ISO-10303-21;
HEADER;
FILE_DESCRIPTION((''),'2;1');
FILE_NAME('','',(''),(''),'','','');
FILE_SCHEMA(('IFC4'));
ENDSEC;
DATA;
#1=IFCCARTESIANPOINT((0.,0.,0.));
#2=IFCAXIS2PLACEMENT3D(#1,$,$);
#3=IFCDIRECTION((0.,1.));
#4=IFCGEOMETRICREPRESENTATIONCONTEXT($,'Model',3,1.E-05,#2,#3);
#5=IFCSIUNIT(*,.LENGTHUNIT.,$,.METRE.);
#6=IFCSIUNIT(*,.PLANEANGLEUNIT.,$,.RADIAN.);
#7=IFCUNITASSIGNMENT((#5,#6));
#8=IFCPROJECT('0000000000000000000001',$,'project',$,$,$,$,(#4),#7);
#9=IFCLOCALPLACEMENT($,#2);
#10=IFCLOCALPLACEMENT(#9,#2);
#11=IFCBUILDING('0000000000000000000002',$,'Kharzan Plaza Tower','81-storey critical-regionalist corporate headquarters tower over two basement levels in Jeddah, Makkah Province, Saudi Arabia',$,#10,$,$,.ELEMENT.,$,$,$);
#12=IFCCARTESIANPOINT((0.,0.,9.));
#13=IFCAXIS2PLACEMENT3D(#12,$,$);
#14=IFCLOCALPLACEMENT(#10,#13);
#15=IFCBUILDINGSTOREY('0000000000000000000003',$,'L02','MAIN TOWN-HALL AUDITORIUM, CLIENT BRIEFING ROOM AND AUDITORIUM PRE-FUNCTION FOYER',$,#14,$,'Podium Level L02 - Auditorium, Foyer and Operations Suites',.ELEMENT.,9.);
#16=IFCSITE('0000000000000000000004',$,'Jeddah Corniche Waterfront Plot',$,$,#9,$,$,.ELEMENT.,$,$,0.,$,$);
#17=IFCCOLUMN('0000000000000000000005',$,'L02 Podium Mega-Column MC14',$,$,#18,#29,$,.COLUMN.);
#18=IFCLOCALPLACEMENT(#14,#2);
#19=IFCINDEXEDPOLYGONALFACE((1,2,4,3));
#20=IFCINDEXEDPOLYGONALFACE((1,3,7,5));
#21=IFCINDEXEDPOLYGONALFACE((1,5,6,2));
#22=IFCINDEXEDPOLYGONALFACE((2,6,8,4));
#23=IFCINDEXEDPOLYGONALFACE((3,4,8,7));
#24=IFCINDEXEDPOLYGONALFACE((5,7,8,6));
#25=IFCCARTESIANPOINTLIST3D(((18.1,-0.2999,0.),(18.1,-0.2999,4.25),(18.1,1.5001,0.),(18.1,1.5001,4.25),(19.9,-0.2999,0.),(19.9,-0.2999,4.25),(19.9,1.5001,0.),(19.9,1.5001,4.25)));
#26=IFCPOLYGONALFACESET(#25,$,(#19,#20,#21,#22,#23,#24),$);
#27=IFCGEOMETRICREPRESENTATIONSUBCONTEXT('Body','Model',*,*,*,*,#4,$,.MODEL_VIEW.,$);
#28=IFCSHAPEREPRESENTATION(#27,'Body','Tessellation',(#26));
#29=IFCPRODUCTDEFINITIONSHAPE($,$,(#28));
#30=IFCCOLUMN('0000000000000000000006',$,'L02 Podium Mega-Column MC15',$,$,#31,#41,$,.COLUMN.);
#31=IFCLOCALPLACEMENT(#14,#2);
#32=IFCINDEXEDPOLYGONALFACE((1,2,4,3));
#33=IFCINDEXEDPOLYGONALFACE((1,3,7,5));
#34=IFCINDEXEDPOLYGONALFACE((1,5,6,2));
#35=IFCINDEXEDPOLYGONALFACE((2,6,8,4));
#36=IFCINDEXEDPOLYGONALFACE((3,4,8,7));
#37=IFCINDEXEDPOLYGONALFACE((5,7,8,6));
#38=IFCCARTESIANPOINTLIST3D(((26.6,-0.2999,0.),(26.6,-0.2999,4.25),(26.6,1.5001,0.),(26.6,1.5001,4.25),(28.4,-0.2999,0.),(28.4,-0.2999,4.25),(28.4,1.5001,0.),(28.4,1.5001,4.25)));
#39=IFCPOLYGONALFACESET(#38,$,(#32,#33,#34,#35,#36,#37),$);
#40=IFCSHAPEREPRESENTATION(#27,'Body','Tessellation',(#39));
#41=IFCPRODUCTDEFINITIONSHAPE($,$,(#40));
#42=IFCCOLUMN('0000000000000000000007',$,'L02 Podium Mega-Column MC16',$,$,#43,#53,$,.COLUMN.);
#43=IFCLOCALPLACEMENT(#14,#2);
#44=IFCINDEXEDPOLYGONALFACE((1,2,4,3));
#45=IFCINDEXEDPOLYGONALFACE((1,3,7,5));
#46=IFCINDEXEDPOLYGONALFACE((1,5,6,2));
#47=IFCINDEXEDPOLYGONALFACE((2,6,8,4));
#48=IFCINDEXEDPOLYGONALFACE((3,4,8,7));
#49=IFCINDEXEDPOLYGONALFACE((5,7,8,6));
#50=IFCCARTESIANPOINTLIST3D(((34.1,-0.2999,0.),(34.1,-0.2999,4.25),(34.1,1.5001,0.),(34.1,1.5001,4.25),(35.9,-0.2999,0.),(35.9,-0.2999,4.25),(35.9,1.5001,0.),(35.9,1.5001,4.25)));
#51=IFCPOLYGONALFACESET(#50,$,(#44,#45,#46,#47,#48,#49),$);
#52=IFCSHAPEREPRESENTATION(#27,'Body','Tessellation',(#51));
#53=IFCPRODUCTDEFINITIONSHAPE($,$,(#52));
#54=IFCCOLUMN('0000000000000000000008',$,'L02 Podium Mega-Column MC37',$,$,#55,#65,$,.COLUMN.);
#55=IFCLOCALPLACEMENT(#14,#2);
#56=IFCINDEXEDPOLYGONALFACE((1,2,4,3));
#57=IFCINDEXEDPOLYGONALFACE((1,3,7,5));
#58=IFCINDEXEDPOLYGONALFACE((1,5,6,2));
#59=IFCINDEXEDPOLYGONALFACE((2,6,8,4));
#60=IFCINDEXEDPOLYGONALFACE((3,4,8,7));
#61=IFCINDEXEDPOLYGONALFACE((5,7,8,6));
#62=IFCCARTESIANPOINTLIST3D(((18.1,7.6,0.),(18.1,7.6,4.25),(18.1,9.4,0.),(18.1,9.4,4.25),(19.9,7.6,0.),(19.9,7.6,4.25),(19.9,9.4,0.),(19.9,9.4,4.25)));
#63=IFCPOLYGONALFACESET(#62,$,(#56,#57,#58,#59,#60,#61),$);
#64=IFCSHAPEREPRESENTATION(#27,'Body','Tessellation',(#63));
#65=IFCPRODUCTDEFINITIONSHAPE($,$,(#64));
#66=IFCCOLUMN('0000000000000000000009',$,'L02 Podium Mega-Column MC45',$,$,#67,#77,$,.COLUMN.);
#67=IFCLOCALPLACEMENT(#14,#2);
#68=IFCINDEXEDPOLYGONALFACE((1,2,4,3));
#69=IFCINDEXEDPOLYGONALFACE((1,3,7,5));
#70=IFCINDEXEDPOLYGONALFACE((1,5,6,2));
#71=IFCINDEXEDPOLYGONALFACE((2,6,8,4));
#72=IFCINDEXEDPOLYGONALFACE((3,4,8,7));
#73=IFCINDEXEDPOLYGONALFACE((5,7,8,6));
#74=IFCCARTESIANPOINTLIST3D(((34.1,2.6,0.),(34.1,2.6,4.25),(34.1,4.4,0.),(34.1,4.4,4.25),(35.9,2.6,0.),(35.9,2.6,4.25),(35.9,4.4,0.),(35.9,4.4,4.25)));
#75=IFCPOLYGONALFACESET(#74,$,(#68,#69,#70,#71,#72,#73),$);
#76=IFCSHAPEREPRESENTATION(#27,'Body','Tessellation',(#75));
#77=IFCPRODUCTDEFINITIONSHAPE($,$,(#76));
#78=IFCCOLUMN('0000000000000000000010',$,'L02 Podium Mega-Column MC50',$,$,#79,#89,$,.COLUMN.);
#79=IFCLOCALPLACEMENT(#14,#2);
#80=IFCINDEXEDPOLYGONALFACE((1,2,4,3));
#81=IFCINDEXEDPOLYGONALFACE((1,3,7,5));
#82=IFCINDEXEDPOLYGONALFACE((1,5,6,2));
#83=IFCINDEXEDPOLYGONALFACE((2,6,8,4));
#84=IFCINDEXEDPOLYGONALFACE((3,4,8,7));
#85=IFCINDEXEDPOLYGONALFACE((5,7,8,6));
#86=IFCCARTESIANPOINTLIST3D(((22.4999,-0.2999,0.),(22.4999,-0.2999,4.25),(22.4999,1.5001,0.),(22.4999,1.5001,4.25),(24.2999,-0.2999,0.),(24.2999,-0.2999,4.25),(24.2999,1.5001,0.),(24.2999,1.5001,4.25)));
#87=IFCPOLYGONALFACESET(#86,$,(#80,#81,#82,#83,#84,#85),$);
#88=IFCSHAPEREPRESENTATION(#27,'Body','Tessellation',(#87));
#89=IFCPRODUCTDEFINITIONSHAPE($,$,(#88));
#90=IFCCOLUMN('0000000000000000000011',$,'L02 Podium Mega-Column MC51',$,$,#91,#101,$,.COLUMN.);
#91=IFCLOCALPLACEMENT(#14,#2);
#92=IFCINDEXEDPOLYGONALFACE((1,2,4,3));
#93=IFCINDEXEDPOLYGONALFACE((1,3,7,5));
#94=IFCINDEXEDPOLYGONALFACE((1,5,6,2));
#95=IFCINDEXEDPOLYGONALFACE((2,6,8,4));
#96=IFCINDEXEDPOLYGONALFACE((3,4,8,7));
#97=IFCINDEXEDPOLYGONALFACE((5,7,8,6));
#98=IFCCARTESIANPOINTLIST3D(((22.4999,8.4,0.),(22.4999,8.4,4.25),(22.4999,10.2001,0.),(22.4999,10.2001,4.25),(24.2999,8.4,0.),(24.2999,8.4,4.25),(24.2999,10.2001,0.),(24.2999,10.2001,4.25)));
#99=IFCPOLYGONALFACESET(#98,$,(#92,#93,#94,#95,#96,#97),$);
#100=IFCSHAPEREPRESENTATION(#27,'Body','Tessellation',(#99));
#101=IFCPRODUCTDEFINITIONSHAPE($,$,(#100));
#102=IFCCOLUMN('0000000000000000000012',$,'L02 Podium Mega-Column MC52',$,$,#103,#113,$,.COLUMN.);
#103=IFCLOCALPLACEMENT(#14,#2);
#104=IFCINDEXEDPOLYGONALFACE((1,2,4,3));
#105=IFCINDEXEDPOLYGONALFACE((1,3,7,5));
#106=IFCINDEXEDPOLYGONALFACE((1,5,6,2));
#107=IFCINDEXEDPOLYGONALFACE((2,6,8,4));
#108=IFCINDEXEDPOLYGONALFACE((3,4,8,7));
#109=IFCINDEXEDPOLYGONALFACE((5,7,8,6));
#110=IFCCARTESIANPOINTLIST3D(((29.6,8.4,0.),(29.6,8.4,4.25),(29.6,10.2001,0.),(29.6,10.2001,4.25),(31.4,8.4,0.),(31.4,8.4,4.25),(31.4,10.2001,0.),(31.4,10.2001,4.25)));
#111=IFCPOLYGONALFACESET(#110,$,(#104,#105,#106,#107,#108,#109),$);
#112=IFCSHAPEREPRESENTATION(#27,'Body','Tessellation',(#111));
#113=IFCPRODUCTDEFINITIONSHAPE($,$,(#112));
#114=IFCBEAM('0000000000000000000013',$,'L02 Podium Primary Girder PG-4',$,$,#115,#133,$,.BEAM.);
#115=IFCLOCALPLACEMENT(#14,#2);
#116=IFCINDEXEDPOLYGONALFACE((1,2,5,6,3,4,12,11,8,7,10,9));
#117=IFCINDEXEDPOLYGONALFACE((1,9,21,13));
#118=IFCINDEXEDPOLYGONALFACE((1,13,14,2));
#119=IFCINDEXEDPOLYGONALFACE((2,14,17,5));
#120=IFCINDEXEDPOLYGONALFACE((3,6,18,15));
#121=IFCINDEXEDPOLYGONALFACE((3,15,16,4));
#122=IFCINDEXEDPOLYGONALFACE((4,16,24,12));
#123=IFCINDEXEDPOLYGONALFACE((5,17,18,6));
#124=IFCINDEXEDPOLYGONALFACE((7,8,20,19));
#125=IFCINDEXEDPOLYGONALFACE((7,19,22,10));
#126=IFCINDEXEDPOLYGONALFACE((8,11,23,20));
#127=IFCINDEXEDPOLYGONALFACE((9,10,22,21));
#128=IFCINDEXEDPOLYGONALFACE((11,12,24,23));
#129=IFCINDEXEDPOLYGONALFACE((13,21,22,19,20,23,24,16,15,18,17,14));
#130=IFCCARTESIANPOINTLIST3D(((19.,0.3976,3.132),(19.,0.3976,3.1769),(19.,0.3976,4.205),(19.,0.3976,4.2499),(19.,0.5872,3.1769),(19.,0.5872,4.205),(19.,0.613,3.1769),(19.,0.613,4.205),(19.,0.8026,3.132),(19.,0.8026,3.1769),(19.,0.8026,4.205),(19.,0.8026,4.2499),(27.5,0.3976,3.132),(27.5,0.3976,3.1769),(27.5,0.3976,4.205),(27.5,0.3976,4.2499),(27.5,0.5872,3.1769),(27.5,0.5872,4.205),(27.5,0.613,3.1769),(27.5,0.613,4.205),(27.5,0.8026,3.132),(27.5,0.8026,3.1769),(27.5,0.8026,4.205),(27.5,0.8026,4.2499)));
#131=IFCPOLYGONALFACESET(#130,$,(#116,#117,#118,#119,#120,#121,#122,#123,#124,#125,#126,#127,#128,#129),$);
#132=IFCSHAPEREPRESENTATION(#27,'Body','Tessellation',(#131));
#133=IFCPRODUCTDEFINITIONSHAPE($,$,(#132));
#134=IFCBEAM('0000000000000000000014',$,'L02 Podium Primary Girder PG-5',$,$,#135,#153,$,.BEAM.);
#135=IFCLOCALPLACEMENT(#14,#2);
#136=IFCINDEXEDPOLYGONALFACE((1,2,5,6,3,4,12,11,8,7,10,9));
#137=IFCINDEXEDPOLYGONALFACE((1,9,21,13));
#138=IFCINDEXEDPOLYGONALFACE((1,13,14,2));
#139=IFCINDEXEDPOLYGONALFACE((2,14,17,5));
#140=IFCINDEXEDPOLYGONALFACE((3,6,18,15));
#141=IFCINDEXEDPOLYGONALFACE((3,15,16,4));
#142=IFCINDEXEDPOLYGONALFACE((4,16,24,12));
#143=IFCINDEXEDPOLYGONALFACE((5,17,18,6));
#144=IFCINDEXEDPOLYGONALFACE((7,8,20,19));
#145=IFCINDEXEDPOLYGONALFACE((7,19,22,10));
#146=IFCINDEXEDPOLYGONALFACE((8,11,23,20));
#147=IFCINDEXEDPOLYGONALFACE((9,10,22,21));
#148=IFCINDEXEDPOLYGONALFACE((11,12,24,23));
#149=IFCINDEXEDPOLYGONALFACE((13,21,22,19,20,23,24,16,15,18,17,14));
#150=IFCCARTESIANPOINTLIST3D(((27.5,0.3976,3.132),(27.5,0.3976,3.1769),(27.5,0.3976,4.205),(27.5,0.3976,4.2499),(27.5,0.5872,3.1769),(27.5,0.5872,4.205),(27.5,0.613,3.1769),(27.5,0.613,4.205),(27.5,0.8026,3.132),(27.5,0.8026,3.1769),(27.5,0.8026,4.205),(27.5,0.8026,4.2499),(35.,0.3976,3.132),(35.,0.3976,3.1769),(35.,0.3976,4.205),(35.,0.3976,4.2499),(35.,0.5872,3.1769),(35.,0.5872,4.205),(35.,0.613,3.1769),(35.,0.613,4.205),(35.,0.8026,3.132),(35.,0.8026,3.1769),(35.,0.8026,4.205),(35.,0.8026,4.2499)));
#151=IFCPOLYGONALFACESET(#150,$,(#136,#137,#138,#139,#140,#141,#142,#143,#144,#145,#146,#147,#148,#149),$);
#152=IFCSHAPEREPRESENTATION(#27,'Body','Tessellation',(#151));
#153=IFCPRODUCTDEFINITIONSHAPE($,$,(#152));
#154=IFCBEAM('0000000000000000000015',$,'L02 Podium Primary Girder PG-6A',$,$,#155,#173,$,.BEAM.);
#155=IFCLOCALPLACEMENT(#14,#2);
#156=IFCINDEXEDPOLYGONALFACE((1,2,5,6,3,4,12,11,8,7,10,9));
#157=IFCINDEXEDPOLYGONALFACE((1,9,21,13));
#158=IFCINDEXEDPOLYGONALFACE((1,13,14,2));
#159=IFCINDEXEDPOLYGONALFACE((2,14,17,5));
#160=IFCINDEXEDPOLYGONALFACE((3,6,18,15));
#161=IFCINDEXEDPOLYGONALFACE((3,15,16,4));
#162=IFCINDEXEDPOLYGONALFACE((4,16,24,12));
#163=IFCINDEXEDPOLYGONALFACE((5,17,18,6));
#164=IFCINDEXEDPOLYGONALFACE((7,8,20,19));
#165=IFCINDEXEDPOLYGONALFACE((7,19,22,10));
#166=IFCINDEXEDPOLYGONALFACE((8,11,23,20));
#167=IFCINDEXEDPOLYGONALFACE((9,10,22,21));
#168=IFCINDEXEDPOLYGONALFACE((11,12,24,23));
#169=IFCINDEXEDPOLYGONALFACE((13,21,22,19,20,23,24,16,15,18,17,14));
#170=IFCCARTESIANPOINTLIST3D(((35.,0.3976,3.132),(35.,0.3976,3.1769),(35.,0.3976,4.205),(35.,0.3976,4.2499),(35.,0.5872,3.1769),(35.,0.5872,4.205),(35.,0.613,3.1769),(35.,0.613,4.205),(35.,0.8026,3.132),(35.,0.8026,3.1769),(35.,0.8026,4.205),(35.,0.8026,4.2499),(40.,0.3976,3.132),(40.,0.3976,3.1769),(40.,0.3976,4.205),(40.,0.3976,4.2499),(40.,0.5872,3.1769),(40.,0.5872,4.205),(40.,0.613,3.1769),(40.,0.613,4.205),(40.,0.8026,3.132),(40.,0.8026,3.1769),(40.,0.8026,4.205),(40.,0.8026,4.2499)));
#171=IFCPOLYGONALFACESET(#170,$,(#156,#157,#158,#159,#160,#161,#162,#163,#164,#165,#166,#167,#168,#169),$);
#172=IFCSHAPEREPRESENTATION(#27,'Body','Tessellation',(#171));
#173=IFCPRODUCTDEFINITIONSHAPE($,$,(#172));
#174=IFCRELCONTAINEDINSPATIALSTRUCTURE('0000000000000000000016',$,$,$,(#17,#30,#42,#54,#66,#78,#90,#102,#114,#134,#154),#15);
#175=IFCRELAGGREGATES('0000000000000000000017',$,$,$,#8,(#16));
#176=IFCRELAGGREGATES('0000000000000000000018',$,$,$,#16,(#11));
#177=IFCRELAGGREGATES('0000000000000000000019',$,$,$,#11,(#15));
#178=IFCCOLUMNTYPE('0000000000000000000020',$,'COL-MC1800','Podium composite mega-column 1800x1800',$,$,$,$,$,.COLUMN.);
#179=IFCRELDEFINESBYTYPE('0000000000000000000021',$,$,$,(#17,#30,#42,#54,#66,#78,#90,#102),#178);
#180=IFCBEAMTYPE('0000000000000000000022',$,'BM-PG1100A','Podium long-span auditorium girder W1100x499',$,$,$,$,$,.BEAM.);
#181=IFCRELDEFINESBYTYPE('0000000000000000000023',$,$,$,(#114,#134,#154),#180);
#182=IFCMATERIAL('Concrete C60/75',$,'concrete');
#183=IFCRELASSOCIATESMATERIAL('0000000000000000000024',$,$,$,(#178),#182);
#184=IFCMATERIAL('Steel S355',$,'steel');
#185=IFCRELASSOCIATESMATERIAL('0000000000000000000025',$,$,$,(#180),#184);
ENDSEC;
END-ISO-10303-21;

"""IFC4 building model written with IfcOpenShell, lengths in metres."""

from ifc_helpers import new_model, si_unit, direction, frame, origin, origin_2d, place, context, subcontext, project, spatial, rectangle, i_section, extrude, source, transform, mapped, material, material_profile, profile_set, type_object, element, save


model = new_model("IFC4")

# Units and contexts
model_context = context("Model", 3, precision=1e-05, world=origin(), true_north=direction((0.0, 1.0)))
body_context = subcontext(model_context, "Body", "Model", "MODEL_VIEW")
ifc_project = project(units=[si_unit("LENGTHUNIT", "METRE"), si_unit("PLANEANGLEUNIT", "RADIAN")], contexts=[model_context])

# Site, building, storey
site_placement = place(None, origin())
site = spatial("IfcSite", under=ifc_project, at=site_placement, Name="Jeddah Corniche Waterfront Plot", CompositionType="ELEMENT", RefElevation=0.0)
building_placement = place(site_placement, origin())
building = spatial("IfcBuilding", under=site, at=building_placement, Name="Kharzan Plaza Tower", Description="81-storey critical-regionalist corporate headquarters tower over two basement levels in Jeddah, Makkah Province, Saudi Arabia", CompositionType="ELEMENT")
storey_placement = place(building_placement, frame((0.0, 0.0, 9.0)))
storey = spatial("IfcBuildingStorey", under=building, at=storey_placement, Name="L02", Description="MAIN TOWN-HALL AUDITORIUM, CLIENT BRIEFING ROOM AND AUDITORIUM PRE-FUNCTION FOYER", LongName="Podium Level L02 - Auditorium, Foyer and Operations Suites", CompositionType="ELEMENT", Elevation=9.0)

# Columns
ifc_material_1 = material(Name="Concrete C60/75", Category="concrete")
ifc_material_profile_1 = material_profile(ifc_material_1, rectangle(XDim=1.8, YDim=1.8, at=origin_2d()), Name="RC-MC1800x1800")
ifc_profile_set_1 = profile_set([ifc_material_profile_1], Name="Concrete C60/75")
column_type = type_object("IfcColumnType", Name="COL-MC1800", Description="Podium composite mega-column 1800x1800", PredefinedType="COLUMN", material=ifc_profile_set_1)
shared_shape_1 = source(origin(), body_context, "Body", "SweptSolid", [
    extrude(rectangle(XDim=1.8, YDim=1.8, at=origin_2d()), origin(), (0.0, 0.0, 1.0), 4.25),
])
for number, where, z_axis, x_axis, name in (
    (1, (19.0, 0.6001, 0.0), (0.0, 0.0, 1.0), (1.0, 0.0, 0.0), "L02 Podium Mega-Column MC14"),
    (2, (27.5, 0.6001, 0.0), (0.0, 0.0, 1.0), (1.0, 0.0, 0.0), "L02 Podium Mega-Column MC15"),
    (3, (35.0, 0.6001, 0.0), (0.0, 0.0, 1.0), (1.0, 0.0, 0.0), "L02 Podium Mega-Column MC16"),
    (4, (19.0, 8.5, 0.0), (0.0, 0.0, 1.0), (1.0, 0.0, 0.0), "L02 Podium Mega-Column MC37"),
    (5, (35.0, 3.5, 0.0), (0.0, 0.0, 1.0), (1.0, 0.0, 0.0), "L02 Podium Mega-Column MC45"),
    (6, (23.3999, 0.6001, 0.0), (0.0, 0.0, 1.0), (1.0, 0.0, 0.0), "L02 Podium Mega-Column MC50"),
    (7, (23.3999, 9.3, 0.0), (0.0, 0.0, 1.0), (1.0, 0.0, 0.0), "L02 Podium Mega-Column MC51"),
    (8, (30.5, 9.3, 0.0), (0.0, 0.0, 1.0), (1.0, 0.0, 0.0), "L02 Podium Mega-Column MC52"),
):
    element("IfcColumn", number, at=place(storey_placement, frame(where, z_axis=z_axis, x_axis=x_axis)), inside=storey, type_object=column_type, Name=name, PredefinedType="COLUMN", context=body_context, shape_type="MappedRepresentation", body=[
        mapped(shared_shape_1, transform((0.0, 0.0, 0.0), x_axis=(1.0, 0.0, 0.0), y_axis=(0.0, 1.0, 0.0), z_axis=(0.0, 0.0, 1.0))),
    ])

# Beams
ifc_material_2 = material(Name="Steel S355", Category="steel")
ifc_material_profile_2 = material_profile(ifc_material_2, i_section(OverallWidth=0.405, OverallDepth=1.1179, WebThickness=0.0259, FlangeThickness=0.0449, at=origin_2d()), Name="W1100x499")
ifc_profile_set_2 = profile_set([ifc_material_profile_2], Name="Steel S355")
beam_type = type_object("IfcBeamType", Name="BM-PG1100A", Description="Podium long-span auditorium girder W1100x499", PredefinedType="BEAM", material=ifc_profile_set_2)
shared_shape_2 = source(origin(), body_context, "Body", "SweptSolid", [
    extrude(i_section(OverallWidth=0.405, OverallDepth=1.1179, WebThickness=0.0259, FlangeThickness=0.0449, at=origin_2d()), origin(), (0.0, 0.0, 1.0), 8.5),
])
beam_1_placement = place(storey_placement, frame((19.0, 0.6001, 3.6909), z_axis=(1.0, 0.0, 0.0), x_axis=(0.0, 1.0, 0.0)))
element("IfcBeam", 9, at=beam_1_placement, inside=storey, type_object=beam_type, Name="L02 Podium Primary Girder PG-4", PredefinedType="BEAM", context=body_context, shape_type="MappedRepresentation", body=[
    mapped(shared_shape_2, transform((0.0, 0.0, 0.0), x_axis=(1.0, 0.0, 0.0), y_axis=(0.0, 1.0, 0.0), z_axis=(0.0, 0.0, 1.0))),
])
shared_shape_3 = source(origin(), body_context, "Body", "SweptSolid", [
    extrude(i_section(OverallWidth=0.405, OverallDepth=1.1179, WebThickness=0.0259, FlangeThickness=0.0449, at=origin_2d()), origin(), (0.0, 0.0, 1.0), 7.5),
])
beam_2_placement = place(storey_placement, frame((27.5, 0.6001, 3.6909), z_axis=(1.0, 0.0, 0.0), x_axis=(0.0, 1.0, 0.0)))
element("IfcBeam", 10, at=beam_2_placement, inside=storey, type_object=beam_type, Name="L02 Podium Primary Girder PG-5", PredefinedType="BEAM", context=body_context, shape_type="MappedRepresentation", body=[
    mapped(shared_shape_3, transform((0.0, 0.0, 0.0), x_axis=(1.0, 0.0, 0.0), y_axis=(0.0, 1.0, 0.0), z_axis=(0.0, 0.0, 1.0))),
])
shared_shape_4 = source(origin(), body_context, "Body", "SweptSolid", [
    extrude(i_section(OverallWidth=0.405, OverallDepth=1.1179, WebThickness=0.0259, FlangeThickness=0.0449, at=origin_2d()), origin(), (0.0, 0.0, 1.0), 5.0),
])
beam_3_placement = place(storey_placement, frame((35.0, 0.6001, 3.6909), z_axis=(1.0, 0.0, 0.0), x_axis=(0.0, 1.0, 0.0)))
element("IfcBeam", 11, at=beam_3_placement, inside=storey, type_object=beam_type, Name="L02 Podium Primary Girder PG-6A", PredefinedType="BEAM", context=body_context, shape_type="MappedRepresentation", body=[
    mapped(shared_shape_4, transform((0.0, 0.0, 0.0), x_axis=(1.0, 0.0, 0.0), y_axis=(0.0, 1.0, 0.0), z_axis=(0.0, 0.0, 1.0))),
])

save(model, "model.ifc")
